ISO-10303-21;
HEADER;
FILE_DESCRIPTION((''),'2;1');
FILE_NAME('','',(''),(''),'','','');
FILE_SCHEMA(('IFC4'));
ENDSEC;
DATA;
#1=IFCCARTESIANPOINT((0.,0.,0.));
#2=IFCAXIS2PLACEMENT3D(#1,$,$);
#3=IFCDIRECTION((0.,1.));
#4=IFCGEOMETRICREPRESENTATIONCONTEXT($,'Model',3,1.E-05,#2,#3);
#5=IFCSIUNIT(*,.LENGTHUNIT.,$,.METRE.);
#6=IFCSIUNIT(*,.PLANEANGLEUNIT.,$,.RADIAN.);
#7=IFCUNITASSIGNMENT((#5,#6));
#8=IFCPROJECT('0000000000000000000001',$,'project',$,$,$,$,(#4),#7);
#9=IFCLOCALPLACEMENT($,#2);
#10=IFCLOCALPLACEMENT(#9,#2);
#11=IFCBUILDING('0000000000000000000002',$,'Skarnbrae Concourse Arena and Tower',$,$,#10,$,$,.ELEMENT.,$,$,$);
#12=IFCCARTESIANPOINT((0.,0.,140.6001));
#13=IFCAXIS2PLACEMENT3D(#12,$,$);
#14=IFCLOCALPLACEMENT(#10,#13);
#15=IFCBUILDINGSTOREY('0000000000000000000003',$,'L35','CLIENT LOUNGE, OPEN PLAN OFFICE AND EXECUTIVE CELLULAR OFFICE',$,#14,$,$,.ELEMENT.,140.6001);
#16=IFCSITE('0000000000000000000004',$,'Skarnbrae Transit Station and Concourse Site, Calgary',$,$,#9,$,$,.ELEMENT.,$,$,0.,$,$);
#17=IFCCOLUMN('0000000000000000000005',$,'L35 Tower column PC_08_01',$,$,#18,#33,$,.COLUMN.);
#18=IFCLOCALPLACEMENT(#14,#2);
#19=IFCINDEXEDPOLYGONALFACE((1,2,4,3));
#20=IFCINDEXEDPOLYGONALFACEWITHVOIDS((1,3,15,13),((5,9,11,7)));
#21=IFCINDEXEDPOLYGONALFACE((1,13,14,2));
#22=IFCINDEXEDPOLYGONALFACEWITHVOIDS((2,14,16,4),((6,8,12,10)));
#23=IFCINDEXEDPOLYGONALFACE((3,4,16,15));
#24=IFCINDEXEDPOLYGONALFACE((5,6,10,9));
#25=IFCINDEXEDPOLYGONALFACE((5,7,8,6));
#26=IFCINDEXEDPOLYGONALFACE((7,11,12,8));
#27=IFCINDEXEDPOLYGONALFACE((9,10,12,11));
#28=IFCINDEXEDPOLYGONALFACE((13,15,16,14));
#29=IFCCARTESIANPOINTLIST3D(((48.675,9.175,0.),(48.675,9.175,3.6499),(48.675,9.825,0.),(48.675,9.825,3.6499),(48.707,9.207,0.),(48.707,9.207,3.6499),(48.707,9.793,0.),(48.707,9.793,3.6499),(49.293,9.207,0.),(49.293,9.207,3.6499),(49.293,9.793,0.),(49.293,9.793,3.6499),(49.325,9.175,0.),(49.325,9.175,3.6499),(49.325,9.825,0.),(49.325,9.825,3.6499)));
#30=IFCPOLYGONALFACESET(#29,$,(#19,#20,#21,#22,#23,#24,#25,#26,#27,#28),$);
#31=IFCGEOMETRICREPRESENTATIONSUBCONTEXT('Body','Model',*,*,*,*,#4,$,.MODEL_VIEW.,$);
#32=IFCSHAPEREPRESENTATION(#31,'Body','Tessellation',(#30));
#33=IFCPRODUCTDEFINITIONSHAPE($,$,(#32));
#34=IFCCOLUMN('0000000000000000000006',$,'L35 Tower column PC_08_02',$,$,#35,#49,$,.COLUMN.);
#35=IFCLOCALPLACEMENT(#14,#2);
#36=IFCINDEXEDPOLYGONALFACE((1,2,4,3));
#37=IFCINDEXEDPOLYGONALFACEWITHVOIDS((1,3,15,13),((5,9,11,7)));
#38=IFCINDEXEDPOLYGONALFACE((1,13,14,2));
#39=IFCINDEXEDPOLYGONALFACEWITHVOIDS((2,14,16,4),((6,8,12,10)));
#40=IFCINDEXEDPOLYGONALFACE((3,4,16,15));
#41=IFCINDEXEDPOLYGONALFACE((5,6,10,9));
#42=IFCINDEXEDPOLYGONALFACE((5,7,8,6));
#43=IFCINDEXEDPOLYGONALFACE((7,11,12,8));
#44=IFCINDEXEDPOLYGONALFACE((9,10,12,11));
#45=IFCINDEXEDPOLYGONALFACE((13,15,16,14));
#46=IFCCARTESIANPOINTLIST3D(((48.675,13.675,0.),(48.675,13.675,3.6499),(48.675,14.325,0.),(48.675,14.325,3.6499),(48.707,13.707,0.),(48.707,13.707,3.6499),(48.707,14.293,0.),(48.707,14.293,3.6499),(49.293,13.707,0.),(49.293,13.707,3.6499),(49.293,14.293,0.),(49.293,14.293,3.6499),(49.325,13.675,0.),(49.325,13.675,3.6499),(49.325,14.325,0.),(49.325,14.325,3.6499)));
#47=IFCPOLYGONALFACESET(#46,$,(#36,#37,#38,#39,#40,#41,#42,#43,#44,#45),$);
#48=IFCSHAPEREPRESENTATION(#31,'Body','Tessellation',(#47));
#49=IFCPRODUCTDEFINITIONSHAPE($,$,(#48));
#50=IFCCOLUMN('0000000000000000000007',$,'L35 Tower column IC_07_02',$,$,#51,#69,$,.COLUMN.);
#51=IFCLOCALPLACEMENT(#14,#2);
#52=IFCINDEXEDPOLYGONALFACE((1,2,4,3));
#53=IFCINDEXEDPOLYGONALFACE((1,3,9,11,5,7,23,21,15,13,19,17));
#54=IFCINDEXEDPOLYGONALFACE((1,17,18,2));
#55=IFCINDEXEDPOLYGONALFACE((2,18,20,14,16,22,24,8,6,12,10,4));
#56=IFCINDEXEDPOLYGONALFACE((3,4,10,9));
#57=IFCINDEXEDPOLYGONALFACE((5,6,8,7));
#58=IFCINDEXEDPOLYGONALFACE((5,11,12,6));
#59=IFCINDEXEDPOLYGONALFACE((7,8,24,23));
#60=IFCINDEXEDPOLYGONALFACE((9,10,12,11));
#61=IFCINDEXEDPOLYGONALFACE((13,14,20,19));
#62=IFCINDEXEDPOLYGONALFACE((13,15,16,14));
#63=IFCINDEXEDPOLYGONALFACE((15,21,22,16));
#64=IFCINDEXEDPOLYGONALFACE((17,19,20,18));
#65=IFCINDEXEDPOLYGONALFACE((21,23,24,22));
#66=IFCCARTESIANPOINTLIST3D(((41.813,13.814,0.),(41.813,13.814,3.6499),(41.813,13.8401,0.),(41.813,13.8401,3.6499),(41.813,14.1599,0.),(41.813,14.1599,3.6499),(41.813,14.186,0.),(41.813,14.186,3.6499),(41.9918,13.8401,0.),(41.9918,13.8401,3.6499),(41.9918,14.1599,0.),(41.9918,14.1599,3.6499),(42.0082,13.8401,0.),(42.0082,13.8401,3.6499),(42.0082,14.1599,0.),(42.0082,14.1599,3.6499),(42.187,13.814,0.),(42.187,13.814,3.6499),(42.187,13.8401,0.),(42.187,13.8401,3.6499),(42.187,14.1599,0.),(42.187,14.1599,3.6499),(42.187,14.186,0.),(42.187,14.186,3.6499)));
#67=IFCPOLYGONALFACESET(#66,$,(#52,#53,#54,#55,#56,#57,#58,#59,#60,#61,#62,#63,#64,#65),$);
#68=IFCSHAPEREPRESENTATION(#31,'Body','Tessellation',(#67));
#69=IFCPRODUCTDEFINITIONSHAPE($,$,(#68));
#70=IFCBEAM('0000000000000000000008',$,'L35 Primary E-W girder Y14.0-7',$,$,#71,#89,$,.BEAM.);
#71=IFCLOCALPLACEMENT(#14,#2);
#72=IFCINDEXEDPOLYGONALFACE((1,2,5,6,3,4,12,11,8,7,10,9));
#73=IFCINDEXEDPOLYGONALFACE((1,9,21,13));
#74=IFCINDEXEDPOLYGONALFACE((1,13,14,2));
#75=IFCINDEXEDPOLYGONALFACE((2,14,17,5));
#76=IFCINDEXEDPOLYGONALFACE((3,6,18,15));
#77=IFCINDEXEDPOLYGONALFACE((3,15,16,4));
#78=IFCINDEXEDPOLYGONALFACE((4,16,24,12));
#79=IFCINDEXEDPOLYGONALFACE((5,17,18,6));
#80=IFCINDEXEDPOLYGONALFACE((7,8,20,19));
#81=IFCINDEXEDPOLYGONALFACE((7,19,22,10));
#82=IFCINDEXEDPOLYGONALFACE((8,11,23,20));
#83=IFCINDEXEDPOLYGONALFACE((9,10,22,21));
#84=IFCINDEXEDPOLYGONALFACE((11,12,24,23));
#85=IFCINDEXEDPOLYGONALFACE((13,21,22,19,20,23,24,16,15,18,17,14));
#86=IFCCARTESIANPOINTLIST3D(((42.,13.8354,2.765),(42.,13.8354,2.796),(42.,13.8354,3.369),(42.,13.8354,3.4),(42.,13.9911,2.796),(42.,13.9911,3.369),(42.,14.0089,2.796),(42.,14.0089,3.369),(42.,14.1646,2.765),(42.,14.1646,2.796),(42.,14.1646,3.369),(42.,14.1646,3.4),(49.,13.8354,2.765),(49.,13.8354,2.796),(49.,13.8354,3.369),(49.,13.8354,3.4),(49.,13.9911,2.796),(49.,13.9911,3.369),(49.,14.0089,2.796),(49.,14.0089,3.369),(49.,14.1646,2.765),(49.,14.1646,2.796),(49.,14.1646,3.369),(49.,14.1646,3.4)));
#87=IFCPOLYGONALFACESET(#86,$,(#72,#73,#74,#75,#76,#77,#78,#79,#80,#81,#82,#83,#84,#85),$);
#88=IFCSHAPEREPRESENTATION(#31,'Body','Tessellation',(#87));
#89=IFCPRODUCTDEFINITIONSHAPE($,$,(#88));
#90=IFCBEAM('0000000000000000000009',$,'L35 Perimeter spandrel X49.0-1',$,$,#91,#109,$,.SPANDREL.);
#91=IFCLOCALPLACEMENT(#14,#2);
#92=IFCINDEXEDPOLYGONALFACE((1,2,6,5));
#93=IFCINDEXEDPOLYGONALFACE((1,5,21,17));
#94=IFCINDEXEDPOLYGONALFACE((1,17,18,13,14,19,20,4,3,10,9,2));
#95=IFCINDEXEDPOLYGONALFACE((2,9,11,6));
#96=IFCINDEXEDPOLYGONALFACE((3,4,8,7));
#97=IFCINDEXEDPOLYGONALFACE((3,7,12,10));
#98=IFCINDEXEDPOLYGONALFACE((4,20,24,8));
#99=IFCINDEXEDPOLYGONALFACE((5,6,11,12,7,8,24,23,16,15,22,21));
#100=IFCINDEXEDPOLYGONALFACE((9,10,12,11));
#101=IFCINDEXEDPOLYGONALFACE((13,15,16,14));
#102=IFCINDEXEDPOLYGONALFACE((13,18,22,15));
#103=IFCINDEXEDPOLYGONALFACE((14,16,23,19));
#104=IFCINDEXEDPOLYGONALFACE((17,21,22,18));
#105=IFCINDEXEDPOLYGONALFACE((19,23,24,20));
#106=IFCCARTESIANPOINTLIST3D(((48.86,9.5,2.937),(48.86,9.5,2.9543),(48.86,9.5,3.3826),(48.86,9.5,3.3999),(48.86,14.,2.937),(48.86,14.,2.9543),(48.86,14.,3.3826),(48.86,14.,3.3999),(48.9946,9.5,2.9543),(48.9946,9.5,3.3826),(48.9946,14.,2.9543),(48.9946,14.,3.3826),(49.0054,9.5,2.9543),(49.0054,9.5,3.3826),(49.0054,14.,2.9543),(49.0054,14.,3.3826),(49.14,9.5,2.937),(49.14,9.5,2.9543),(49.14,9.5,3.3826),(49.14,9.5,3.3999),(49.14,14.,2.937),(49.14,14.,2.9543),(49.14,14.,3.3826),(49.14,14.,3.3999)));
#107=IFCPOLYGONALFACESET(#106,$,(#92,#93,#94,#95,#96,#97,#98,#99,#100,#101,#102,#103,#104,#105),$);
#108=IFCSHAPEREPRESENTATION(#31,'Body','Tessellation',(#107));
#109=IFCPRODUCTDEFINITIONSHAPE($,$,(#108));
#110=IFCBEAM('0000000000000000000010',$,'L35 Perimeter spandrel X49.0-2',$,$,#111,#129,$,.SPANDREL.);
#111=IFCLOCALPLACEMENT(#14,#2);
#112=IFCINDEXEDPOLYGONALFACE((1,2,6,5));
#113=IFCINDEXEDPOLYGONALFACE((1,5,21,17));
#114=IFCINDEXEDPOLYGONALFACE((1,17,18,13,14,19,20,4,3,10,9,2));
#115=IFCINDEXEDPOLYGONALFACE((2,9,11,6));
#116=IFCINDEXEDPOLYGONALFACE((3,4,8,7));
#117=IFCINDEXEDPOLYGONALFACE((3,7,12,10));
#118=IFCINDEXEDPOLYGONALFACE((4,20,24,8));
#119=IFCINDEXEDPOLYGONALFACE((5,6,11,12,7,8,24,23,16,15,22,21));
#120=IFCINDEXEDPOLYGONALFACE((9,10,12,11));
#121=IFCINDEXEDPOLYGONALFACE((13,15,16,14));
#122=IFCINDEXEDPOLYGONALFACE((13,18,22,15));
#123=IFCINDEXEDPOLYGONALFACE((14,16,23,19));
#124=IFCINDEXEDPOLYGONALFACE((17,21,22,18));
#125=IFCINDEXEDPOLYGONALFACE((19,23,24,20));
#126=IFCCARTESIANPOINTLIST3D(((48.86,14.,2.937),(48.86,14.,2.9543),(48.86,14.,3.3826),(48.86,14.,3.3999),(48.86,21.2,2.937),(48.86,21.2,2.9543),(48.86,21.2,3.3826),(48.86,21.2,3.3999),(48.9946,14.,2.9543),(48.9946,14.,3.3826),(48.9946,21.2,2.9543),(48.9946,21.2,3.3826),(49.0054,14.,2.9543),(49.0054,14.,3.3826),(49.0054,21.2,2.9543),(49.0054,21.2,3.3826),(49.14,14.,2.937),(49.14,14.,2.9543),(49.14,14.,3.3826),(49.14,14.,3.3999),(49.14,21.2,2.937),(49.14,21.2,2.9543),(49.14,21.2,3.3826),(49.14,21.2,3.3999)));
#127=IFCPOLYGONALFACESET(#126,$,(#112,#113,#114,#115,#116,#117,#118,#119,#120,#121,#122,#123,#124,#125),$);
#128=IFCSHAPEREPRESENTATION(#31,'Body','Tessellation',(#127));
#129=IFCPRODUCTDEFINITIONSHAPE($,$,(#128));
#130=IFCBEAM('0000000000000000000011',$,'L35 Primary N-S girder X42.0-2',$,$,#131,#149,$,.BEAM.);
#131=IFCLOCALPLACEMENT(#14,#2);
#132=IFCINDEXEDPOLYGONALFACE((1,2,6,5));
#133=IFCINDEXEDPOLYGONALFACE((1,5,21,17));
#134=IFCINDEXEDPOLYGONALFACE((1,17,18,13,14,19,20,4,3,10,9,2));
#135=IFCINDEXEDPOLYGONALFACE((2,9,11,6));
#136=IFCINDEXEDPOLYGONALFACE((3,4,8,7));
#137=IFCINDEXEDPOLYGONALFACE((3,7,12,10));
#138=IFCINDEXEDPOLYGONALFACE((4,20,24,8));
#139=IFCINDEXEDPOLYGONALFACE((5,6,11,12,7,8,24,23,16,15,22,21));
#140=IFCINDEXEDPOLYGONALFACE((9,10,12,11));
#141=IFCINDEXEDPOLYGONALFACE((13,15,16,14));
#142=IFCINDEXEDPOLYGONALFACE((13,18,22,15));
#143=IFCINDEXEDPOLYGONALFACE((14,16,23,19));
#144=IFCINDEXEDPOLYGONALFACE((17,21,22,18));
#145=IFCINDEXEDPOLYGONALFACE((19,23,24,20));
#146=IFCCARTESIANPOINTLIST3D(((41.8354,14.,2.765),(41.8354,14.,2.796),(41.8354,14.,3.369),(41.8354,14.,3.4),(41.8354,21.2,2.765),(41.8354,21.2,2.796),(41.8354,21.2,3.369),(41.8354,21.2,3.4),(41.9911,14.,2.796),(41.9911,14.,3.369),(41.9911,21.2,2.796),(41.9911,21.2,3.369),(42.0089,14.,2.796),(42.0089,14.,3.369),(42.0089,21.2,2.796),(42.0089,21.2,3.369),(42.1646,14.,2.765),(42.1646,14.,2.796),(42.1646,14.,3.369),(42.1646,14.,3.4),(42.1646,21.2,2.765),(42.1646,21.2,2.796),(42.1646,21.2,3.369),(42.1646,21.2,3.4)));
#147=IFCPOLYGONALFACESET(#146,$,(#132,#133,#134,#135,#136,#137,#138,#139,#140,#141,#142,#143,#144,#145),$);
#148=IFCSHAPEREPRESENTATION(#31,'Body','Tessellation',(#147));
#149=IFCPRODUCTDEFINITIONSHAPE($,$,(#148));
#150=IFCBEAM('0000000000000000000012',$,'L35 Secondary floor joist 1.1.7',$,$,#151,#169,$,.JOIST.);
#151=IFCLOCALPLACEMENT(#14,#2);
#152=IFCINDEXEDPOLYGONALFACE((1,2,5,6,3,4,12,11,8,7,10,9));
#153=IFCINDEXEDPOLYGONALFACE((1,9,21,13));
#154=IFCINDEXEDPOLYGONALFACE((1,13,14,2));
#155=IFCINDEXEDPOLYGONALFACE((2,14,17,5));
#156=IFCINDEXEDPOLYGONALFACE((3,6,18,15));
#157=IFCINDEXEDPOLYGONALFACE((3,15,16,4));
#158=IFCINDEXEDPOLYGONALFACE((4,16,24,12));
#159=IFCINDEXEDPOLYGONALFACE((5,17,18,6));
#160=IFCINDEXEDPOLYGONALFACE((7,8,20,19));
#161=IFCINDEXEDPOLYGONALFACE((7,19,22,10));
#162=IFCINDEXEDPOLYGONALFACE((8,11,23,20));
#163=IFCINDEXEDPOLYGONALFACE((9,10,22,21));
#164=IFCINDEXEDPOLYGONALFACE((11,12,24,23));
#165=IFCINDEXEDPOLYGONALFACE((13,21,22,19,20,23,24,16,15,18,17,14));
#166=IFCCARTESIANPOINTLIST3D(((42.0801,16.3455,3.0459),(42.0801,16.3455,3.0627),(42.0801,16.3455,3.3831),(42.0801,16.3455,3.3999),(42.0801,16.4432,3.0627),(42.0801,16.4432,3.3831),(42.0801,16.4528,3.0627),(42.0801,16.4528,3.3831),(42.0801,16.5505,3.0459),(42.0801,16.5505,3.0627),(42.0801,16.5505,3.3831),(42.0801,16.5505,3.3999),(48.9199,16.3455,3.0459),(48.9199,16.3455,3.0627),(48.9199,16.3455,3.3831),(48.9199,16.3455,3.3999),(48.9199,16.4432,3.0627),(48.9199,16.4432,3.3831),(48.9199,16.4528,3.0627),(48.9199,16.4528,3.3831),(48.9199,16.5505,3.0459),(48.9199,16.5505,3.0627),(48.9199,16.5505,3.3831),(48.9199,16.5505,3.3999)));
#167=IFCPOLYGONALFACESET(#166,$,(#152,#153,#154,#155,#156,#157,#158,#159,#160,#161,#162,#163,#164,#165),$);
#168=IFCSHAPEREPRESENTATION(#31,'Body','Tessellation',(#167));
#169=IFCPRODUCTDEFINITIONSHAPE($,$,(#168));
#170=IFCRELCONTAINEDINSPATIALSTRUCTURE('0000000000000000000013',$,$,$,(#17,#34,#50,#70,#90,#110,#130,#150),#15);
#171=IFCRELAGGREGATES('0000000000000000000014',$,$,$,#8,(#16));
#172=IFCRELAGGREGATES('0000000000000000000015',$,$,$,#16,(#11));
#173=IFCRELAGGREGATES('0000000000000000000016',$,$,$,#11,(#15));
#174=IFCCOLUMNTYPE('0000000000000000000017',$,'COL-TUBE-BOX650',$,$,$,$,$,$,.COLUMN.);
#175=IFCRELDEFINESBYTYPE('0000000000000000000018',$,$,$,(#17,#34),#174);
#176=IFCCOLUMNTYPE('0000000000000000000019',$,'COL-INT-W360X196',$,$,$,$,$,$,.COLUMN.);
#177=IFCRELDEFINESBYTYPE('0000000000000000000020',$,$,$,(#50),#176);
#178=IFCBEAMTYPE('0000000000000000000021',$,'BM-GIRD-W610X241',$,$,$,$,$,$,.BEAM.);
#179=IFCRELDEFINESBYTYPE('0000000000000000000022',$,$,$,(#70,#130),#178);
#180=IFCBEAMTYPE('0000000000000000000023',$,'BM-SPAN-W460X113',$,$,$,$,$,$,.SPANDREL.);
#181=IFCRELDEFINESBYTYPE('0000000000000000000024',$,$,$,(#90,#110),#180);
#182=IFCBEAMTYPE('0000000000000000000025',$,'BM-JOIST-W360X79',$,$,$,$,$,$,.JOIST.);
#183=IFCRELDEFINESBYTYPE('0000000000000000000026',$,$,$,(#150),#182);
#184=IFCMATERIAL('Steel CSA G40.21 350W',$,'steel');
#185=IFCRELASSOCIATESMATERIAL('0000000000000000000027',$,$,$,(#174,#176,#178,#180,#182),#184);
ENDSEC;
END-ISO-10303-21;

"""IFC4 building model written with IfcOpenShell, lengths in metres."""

from ifc_helpers import new_model, si_unit, direction, frame, origin, origin_2d, place, context, subcontext, project, spatial, hollow_rectangle, i_section, extrude, source, transform, mapped, material, material_profile, profile_set, type_object, element, save


model = new_model("IFC4")

# Units and contexts
model_context = context("Model", 3, precision=1e-05, world=origin(), true_north=direction((0.0, 1.0)))
body_context = subcontext(model_context, "Body", "Model", "MODEL_VIEW")
ifc_project = project(units=[si_unit("LENGTHUNIT", "METRE"), si_unit("PLANEANGLEUNIT", "RADIAN")], contexts=[model_context])

# Site, building, storey
site_placement = place(None, origin())
site = spatial("IfcSite", under=ifc_project, at=site_placement, Name="Skarnbrae Transit Station and Concourse Site, Calgary", CompositionType="ELEMENT", RefElevation=0.0)
building_placement = place(site_placement, origin())
building = spatial("IfcBuilding", under=site, at=building_placement, Name="Skarnbrae Concourse Arena and Tower", CompositionType="ELEMENT")
storey_placement = place(building_placement, frame((0.0, 0.0, 140.6001)))
storey = spatial("IfcBuildingStorey", under=building, at=storey_placement, Name="L35", Description="CLIENT LOUNGE, OPEN PLAN OFFICE AND EXECUTIVE CELLULAR OFFICE", CompositionType="ELEMENT", Elevation=140.6001)

# Columns
ifc_material_1 = material(Name="Steel CSA G40.21 350W", Category="steel")
ifc_material_profile_1 = material_profile(ifc_material_1, hollow_rectangle(XDim=0.6499, YDim=0.6499, WallThickness=0.032, at=origin_2d()), Name="BOX650X650X32")
ifc_profile_set_1 = profile_set([ifc_material_profile_1], Name="Steel CSA G40.21 350W")
column_type_1 = type_object("IfcColumnType", Name="COL-TUBE-BOX650", PredefinedType="COLUMN", material=ifc_profile_set_1)
shared_shape_1 = source(origin(), body_context, "Body", "SweptSolid", [
    extrude(hollow_rectangle(XDim=0.6499, YDim=0.6499, WallThickness=0.032, at=origin_2d()), origin(), (0.0, 0.0, 1.0), 3.6499),
])
for number, where, z_axis, x_axis, name in (
    (1, (49.0, 9.5, 0.0), (0.0, 0.0, 1.0), (1.0, 0.0, 0.0), "L35 Tower column PC_08_01"),
    (2, (49.0, 14.0, 0.0), (0.0, 0.0, 1.0), (1.0, 0.0, 0.0), "L35 Tower column PC_08_02"),
):
    element("IfcColumn", number, at=place(storey_placement, frame(where, z_axis=z_axis, x_axis=x_axis)), inside=storey, type_object=column_type_1, Name=name, PredefinedType="COLUMN", context=body_context, shape_type="MappedRepresentation", body=[
        mapped(shared_shape_1, transform((0.0, 0.0, 0.0))),
    ])
ifc_material_profile_2 = material_profile(ifc_material_1, i_section(OverallWidth=0.374, OverallDepth=0.3721, WebThickness=0.0164, FlangeThickness=0.0261, at=origin_2d()), Name="W360X196")
ifc_profile_set_2 = profile_set([ifc_material_profile_2], Name="Steel CSA G40.21 350W")
column_type_2 = type_object("IfcColumnType", Name="COL-INT-W360X196", PredefinedType="COLUMN", material=ifc_profile_set_2)
shared_shape_2 = source(origin(), body_context, "Body", "SweptSolid", [
    extrude(i_section(OverallWidth=0.374, OverallDepth=0.3721, WebThickness=0.0164, FlangeThickness=0.0261, at=origin_2d()), origin(), (0.0, 0.0, 1.0), 3.6499),
])
column_placement = place(storey_placement, frame((42.0, 14.0, 0.0), z_axis=(0.0, 0.0, 1.0), x_axis=(1.0, 0.0, 0.0)))
element("IfcColumn", 3, at=column_placement, inside=storey, type_object=column_type_2, Name="L35 Tower column IC_07_02", PredefinedType="COLUMN", context=body_context, shape_type="MappedRepresentation", body=[
    mapped(shared_shape_2, transform((0.0, 0.0, 0.0))),
])

# Beams
ifc_material_profile_3 = material_profile(ifc_material_1, i_section(OverallWidth=0.3291, OverallDepth=0.635, WebThickness=0.0178, FlangeThickness=0.031, at=origin_2d()), Name="W610X241")
ifc_profile_set_3 = profile_set([ifc_material_profile_3], Name="Steel CSA G40.21 350W")
beam_type_1 = type_object("IfcBeamType", Name="BM-GIRD-W610X241", PredefinedType="BEAM", material=ifc_profile_set_3)
shared_shape_3 = source(origin(), body_context, "Body", "SweptSolid", [
    extrude(i_section(OverallWidth=0.3291, OverallDepth=0.635, WebThickness=0.0178, FlangeThickness=0.031, at=origin_2d()), origin(), (0.0, 0.0, 1.0), 7.0),
])
beam_1_placement = place(storey_placement, frame((42.0, 14.0, 3.0825), z_axis=(1.0, 0.0, 0.0), x_axis=(0.0, 1.0, 0.0)))
element("IfcBeam", 4, at=beam_1_placement, inside=storey, type_object=beam_type_1, Name="L35 Primary E-W girder Y14.0-7", PredefinedType="BEAM", context=body_context, shape_type="MappedRepresentation", body=[
    mapped(shared_shape_3, transform((0.0, 0.0, 0.0))),
])
ifc_material_profile_4 = material_profile(ifc_material_1, i_section(OverallWidth=0.28, OverallDepth=0.4629, WebThickness=0.0107, FlangeThickness=0.0173, at=origin_2d()), Name="W460X113")
ifc_profile_set_4 = profile_set([ifc_material_profile_4], Name="Steel CSA G40.21 350W")
beam_type_2 = type_object("IfcBeamType", Name="BM-SPAN-W460X113", PredefinedType="SPANDREL", material=ifc_profile_set_4)
shared_shape_4 = source(origin(), body_context, "Body", "SweptSolid", [
    extrude(i_section(OverallWidth=0.28, OverallDepth=0.4629, WebThickness=0.0107, FlangeThickness=0.0173, at=origin_2d()), origin(), (0.0, 0.0, 1.0), 4.5),
])
beam_2_placement = place(storey_placement, frame((49.0, 9.5, 3.1685), z_axis=(0.0, 1.0, 0.0), x_axis=(-1.0, 0.0, 0.0)))
element("IfcBeam", 5, at=beam_2_placement, inside=storey, type_object=beam_type_2, Name="L35 Perimeter spandrel X49.0-1", PredefinedType="SPANDREL", context=body_context, shape_type="MappedRepresentation", body=[
    mapped(shared_shape_4, transform((0.0, 0.0, 0.0))),
])
shared_shape_5 = source(origin(), body_context, "Body", "SweptSolid", [
    extrude(i_section(OverallWidth=0.28, OverallDepth=0.4629, WebThickness=0.0107, FlangeThickness=0.0173, at=origin_2d()), origin(), (0.0, 0.0, 1.0), 7.2),
])
beam_3_placement = place(storey_placement, frame((49.0, 14.0, 3.1685), z_axis=(0.0, 1.0, 0.0), x_axis=(-1.0, 0.0, 0.0)))
element("IfcBeam", 6, at=beam_3_placement, inside=storey, type_object=beam_type_2, Name="L35 Perimeter spandrel X49.0-2", PredefinedType="SPANDREL", context=body_context, shape_type="MappedRepresentation", body=[
    mapped(shared_shape_5, transform((0.0, 0.0, 0.0))),
])
shared_shape_6 = source(origin(), body_context, "Body", "SweptSolid", [
    extrude(i_section(OverallWidth=0.3291, OverallDepth=0.635, WebThickness=0.0178, FlangeThickness=0.031, at=origin_2d()), origin(), (0.0, 0.0, 1.0), 7.2),
])
beam_4_placement = place(storey_placement, frame((42.0, 14.0, 3.0825), z_axis=(0.0, 1.0, 0.0), x_axis=(-1.0, 0.0, 0.0)))
element("IfcBeam", 7, at=beam_4_placement, inside=storey, type_object=beam_type_1, Name="L35 Primary N-S girder X42.0-2", PredefinedType="BEAM", context=body_context, shape_type="MappedRepresentation", body=[
    mapped(shared_shape_6, transform((0.0, 0.0, 0.0))),
])
ifc_material_profile_5 = material_profile(ifc_material_1, i_section(OverallWidth=0.2051, OverallDepth=0.354, WebThickness=0.0095, FlangeThickness=0.0168, at=origin_2d()), Name="W360X79")
ifc_profile_set_5 = profile_set([ifc_material_profile_5], Name="Steel CSA G40.21 350W")
beam_type_3 = type_object("IfcBeamType", Name="BM-JOIST-W360X79", PredefinedType="JOIST", material=ifc_profile_set_5)
shared_shape_7 = source(origin(), body_context, "Body", "SweptSolid", [
    extrude(i_section(OverallWidth=0.2051, OverallDepth=0.354, WebThickness=0.0095, FlangeThickness=0.0168, at=origin_2d()), origin(), (0.0, 0.0, 1.0), 6.8398),
])
for number, where, z_axis, x_axis, name in (
    (8, (42.0801, 16.448, 3.2229), (1.0, 0.0, 0.0), (0.0, 1.0, 0.0), "L35 Secondary floor joist 1.1.7"),
):
    element("IfcBeam", number, at=place(storey_placement, frame(where, z_axis=z_axis, x_axis=x_axis)), inside=storey, type_object=beam_type_3, Name=name, PredefinedType="JOIST", context=body_context, shape_type="MappedRepresentation", body=[
        mapped(shared_shape_7, transform((0.0, 0.0, 0.0))),
    ])

save(model, "model.ifc")
